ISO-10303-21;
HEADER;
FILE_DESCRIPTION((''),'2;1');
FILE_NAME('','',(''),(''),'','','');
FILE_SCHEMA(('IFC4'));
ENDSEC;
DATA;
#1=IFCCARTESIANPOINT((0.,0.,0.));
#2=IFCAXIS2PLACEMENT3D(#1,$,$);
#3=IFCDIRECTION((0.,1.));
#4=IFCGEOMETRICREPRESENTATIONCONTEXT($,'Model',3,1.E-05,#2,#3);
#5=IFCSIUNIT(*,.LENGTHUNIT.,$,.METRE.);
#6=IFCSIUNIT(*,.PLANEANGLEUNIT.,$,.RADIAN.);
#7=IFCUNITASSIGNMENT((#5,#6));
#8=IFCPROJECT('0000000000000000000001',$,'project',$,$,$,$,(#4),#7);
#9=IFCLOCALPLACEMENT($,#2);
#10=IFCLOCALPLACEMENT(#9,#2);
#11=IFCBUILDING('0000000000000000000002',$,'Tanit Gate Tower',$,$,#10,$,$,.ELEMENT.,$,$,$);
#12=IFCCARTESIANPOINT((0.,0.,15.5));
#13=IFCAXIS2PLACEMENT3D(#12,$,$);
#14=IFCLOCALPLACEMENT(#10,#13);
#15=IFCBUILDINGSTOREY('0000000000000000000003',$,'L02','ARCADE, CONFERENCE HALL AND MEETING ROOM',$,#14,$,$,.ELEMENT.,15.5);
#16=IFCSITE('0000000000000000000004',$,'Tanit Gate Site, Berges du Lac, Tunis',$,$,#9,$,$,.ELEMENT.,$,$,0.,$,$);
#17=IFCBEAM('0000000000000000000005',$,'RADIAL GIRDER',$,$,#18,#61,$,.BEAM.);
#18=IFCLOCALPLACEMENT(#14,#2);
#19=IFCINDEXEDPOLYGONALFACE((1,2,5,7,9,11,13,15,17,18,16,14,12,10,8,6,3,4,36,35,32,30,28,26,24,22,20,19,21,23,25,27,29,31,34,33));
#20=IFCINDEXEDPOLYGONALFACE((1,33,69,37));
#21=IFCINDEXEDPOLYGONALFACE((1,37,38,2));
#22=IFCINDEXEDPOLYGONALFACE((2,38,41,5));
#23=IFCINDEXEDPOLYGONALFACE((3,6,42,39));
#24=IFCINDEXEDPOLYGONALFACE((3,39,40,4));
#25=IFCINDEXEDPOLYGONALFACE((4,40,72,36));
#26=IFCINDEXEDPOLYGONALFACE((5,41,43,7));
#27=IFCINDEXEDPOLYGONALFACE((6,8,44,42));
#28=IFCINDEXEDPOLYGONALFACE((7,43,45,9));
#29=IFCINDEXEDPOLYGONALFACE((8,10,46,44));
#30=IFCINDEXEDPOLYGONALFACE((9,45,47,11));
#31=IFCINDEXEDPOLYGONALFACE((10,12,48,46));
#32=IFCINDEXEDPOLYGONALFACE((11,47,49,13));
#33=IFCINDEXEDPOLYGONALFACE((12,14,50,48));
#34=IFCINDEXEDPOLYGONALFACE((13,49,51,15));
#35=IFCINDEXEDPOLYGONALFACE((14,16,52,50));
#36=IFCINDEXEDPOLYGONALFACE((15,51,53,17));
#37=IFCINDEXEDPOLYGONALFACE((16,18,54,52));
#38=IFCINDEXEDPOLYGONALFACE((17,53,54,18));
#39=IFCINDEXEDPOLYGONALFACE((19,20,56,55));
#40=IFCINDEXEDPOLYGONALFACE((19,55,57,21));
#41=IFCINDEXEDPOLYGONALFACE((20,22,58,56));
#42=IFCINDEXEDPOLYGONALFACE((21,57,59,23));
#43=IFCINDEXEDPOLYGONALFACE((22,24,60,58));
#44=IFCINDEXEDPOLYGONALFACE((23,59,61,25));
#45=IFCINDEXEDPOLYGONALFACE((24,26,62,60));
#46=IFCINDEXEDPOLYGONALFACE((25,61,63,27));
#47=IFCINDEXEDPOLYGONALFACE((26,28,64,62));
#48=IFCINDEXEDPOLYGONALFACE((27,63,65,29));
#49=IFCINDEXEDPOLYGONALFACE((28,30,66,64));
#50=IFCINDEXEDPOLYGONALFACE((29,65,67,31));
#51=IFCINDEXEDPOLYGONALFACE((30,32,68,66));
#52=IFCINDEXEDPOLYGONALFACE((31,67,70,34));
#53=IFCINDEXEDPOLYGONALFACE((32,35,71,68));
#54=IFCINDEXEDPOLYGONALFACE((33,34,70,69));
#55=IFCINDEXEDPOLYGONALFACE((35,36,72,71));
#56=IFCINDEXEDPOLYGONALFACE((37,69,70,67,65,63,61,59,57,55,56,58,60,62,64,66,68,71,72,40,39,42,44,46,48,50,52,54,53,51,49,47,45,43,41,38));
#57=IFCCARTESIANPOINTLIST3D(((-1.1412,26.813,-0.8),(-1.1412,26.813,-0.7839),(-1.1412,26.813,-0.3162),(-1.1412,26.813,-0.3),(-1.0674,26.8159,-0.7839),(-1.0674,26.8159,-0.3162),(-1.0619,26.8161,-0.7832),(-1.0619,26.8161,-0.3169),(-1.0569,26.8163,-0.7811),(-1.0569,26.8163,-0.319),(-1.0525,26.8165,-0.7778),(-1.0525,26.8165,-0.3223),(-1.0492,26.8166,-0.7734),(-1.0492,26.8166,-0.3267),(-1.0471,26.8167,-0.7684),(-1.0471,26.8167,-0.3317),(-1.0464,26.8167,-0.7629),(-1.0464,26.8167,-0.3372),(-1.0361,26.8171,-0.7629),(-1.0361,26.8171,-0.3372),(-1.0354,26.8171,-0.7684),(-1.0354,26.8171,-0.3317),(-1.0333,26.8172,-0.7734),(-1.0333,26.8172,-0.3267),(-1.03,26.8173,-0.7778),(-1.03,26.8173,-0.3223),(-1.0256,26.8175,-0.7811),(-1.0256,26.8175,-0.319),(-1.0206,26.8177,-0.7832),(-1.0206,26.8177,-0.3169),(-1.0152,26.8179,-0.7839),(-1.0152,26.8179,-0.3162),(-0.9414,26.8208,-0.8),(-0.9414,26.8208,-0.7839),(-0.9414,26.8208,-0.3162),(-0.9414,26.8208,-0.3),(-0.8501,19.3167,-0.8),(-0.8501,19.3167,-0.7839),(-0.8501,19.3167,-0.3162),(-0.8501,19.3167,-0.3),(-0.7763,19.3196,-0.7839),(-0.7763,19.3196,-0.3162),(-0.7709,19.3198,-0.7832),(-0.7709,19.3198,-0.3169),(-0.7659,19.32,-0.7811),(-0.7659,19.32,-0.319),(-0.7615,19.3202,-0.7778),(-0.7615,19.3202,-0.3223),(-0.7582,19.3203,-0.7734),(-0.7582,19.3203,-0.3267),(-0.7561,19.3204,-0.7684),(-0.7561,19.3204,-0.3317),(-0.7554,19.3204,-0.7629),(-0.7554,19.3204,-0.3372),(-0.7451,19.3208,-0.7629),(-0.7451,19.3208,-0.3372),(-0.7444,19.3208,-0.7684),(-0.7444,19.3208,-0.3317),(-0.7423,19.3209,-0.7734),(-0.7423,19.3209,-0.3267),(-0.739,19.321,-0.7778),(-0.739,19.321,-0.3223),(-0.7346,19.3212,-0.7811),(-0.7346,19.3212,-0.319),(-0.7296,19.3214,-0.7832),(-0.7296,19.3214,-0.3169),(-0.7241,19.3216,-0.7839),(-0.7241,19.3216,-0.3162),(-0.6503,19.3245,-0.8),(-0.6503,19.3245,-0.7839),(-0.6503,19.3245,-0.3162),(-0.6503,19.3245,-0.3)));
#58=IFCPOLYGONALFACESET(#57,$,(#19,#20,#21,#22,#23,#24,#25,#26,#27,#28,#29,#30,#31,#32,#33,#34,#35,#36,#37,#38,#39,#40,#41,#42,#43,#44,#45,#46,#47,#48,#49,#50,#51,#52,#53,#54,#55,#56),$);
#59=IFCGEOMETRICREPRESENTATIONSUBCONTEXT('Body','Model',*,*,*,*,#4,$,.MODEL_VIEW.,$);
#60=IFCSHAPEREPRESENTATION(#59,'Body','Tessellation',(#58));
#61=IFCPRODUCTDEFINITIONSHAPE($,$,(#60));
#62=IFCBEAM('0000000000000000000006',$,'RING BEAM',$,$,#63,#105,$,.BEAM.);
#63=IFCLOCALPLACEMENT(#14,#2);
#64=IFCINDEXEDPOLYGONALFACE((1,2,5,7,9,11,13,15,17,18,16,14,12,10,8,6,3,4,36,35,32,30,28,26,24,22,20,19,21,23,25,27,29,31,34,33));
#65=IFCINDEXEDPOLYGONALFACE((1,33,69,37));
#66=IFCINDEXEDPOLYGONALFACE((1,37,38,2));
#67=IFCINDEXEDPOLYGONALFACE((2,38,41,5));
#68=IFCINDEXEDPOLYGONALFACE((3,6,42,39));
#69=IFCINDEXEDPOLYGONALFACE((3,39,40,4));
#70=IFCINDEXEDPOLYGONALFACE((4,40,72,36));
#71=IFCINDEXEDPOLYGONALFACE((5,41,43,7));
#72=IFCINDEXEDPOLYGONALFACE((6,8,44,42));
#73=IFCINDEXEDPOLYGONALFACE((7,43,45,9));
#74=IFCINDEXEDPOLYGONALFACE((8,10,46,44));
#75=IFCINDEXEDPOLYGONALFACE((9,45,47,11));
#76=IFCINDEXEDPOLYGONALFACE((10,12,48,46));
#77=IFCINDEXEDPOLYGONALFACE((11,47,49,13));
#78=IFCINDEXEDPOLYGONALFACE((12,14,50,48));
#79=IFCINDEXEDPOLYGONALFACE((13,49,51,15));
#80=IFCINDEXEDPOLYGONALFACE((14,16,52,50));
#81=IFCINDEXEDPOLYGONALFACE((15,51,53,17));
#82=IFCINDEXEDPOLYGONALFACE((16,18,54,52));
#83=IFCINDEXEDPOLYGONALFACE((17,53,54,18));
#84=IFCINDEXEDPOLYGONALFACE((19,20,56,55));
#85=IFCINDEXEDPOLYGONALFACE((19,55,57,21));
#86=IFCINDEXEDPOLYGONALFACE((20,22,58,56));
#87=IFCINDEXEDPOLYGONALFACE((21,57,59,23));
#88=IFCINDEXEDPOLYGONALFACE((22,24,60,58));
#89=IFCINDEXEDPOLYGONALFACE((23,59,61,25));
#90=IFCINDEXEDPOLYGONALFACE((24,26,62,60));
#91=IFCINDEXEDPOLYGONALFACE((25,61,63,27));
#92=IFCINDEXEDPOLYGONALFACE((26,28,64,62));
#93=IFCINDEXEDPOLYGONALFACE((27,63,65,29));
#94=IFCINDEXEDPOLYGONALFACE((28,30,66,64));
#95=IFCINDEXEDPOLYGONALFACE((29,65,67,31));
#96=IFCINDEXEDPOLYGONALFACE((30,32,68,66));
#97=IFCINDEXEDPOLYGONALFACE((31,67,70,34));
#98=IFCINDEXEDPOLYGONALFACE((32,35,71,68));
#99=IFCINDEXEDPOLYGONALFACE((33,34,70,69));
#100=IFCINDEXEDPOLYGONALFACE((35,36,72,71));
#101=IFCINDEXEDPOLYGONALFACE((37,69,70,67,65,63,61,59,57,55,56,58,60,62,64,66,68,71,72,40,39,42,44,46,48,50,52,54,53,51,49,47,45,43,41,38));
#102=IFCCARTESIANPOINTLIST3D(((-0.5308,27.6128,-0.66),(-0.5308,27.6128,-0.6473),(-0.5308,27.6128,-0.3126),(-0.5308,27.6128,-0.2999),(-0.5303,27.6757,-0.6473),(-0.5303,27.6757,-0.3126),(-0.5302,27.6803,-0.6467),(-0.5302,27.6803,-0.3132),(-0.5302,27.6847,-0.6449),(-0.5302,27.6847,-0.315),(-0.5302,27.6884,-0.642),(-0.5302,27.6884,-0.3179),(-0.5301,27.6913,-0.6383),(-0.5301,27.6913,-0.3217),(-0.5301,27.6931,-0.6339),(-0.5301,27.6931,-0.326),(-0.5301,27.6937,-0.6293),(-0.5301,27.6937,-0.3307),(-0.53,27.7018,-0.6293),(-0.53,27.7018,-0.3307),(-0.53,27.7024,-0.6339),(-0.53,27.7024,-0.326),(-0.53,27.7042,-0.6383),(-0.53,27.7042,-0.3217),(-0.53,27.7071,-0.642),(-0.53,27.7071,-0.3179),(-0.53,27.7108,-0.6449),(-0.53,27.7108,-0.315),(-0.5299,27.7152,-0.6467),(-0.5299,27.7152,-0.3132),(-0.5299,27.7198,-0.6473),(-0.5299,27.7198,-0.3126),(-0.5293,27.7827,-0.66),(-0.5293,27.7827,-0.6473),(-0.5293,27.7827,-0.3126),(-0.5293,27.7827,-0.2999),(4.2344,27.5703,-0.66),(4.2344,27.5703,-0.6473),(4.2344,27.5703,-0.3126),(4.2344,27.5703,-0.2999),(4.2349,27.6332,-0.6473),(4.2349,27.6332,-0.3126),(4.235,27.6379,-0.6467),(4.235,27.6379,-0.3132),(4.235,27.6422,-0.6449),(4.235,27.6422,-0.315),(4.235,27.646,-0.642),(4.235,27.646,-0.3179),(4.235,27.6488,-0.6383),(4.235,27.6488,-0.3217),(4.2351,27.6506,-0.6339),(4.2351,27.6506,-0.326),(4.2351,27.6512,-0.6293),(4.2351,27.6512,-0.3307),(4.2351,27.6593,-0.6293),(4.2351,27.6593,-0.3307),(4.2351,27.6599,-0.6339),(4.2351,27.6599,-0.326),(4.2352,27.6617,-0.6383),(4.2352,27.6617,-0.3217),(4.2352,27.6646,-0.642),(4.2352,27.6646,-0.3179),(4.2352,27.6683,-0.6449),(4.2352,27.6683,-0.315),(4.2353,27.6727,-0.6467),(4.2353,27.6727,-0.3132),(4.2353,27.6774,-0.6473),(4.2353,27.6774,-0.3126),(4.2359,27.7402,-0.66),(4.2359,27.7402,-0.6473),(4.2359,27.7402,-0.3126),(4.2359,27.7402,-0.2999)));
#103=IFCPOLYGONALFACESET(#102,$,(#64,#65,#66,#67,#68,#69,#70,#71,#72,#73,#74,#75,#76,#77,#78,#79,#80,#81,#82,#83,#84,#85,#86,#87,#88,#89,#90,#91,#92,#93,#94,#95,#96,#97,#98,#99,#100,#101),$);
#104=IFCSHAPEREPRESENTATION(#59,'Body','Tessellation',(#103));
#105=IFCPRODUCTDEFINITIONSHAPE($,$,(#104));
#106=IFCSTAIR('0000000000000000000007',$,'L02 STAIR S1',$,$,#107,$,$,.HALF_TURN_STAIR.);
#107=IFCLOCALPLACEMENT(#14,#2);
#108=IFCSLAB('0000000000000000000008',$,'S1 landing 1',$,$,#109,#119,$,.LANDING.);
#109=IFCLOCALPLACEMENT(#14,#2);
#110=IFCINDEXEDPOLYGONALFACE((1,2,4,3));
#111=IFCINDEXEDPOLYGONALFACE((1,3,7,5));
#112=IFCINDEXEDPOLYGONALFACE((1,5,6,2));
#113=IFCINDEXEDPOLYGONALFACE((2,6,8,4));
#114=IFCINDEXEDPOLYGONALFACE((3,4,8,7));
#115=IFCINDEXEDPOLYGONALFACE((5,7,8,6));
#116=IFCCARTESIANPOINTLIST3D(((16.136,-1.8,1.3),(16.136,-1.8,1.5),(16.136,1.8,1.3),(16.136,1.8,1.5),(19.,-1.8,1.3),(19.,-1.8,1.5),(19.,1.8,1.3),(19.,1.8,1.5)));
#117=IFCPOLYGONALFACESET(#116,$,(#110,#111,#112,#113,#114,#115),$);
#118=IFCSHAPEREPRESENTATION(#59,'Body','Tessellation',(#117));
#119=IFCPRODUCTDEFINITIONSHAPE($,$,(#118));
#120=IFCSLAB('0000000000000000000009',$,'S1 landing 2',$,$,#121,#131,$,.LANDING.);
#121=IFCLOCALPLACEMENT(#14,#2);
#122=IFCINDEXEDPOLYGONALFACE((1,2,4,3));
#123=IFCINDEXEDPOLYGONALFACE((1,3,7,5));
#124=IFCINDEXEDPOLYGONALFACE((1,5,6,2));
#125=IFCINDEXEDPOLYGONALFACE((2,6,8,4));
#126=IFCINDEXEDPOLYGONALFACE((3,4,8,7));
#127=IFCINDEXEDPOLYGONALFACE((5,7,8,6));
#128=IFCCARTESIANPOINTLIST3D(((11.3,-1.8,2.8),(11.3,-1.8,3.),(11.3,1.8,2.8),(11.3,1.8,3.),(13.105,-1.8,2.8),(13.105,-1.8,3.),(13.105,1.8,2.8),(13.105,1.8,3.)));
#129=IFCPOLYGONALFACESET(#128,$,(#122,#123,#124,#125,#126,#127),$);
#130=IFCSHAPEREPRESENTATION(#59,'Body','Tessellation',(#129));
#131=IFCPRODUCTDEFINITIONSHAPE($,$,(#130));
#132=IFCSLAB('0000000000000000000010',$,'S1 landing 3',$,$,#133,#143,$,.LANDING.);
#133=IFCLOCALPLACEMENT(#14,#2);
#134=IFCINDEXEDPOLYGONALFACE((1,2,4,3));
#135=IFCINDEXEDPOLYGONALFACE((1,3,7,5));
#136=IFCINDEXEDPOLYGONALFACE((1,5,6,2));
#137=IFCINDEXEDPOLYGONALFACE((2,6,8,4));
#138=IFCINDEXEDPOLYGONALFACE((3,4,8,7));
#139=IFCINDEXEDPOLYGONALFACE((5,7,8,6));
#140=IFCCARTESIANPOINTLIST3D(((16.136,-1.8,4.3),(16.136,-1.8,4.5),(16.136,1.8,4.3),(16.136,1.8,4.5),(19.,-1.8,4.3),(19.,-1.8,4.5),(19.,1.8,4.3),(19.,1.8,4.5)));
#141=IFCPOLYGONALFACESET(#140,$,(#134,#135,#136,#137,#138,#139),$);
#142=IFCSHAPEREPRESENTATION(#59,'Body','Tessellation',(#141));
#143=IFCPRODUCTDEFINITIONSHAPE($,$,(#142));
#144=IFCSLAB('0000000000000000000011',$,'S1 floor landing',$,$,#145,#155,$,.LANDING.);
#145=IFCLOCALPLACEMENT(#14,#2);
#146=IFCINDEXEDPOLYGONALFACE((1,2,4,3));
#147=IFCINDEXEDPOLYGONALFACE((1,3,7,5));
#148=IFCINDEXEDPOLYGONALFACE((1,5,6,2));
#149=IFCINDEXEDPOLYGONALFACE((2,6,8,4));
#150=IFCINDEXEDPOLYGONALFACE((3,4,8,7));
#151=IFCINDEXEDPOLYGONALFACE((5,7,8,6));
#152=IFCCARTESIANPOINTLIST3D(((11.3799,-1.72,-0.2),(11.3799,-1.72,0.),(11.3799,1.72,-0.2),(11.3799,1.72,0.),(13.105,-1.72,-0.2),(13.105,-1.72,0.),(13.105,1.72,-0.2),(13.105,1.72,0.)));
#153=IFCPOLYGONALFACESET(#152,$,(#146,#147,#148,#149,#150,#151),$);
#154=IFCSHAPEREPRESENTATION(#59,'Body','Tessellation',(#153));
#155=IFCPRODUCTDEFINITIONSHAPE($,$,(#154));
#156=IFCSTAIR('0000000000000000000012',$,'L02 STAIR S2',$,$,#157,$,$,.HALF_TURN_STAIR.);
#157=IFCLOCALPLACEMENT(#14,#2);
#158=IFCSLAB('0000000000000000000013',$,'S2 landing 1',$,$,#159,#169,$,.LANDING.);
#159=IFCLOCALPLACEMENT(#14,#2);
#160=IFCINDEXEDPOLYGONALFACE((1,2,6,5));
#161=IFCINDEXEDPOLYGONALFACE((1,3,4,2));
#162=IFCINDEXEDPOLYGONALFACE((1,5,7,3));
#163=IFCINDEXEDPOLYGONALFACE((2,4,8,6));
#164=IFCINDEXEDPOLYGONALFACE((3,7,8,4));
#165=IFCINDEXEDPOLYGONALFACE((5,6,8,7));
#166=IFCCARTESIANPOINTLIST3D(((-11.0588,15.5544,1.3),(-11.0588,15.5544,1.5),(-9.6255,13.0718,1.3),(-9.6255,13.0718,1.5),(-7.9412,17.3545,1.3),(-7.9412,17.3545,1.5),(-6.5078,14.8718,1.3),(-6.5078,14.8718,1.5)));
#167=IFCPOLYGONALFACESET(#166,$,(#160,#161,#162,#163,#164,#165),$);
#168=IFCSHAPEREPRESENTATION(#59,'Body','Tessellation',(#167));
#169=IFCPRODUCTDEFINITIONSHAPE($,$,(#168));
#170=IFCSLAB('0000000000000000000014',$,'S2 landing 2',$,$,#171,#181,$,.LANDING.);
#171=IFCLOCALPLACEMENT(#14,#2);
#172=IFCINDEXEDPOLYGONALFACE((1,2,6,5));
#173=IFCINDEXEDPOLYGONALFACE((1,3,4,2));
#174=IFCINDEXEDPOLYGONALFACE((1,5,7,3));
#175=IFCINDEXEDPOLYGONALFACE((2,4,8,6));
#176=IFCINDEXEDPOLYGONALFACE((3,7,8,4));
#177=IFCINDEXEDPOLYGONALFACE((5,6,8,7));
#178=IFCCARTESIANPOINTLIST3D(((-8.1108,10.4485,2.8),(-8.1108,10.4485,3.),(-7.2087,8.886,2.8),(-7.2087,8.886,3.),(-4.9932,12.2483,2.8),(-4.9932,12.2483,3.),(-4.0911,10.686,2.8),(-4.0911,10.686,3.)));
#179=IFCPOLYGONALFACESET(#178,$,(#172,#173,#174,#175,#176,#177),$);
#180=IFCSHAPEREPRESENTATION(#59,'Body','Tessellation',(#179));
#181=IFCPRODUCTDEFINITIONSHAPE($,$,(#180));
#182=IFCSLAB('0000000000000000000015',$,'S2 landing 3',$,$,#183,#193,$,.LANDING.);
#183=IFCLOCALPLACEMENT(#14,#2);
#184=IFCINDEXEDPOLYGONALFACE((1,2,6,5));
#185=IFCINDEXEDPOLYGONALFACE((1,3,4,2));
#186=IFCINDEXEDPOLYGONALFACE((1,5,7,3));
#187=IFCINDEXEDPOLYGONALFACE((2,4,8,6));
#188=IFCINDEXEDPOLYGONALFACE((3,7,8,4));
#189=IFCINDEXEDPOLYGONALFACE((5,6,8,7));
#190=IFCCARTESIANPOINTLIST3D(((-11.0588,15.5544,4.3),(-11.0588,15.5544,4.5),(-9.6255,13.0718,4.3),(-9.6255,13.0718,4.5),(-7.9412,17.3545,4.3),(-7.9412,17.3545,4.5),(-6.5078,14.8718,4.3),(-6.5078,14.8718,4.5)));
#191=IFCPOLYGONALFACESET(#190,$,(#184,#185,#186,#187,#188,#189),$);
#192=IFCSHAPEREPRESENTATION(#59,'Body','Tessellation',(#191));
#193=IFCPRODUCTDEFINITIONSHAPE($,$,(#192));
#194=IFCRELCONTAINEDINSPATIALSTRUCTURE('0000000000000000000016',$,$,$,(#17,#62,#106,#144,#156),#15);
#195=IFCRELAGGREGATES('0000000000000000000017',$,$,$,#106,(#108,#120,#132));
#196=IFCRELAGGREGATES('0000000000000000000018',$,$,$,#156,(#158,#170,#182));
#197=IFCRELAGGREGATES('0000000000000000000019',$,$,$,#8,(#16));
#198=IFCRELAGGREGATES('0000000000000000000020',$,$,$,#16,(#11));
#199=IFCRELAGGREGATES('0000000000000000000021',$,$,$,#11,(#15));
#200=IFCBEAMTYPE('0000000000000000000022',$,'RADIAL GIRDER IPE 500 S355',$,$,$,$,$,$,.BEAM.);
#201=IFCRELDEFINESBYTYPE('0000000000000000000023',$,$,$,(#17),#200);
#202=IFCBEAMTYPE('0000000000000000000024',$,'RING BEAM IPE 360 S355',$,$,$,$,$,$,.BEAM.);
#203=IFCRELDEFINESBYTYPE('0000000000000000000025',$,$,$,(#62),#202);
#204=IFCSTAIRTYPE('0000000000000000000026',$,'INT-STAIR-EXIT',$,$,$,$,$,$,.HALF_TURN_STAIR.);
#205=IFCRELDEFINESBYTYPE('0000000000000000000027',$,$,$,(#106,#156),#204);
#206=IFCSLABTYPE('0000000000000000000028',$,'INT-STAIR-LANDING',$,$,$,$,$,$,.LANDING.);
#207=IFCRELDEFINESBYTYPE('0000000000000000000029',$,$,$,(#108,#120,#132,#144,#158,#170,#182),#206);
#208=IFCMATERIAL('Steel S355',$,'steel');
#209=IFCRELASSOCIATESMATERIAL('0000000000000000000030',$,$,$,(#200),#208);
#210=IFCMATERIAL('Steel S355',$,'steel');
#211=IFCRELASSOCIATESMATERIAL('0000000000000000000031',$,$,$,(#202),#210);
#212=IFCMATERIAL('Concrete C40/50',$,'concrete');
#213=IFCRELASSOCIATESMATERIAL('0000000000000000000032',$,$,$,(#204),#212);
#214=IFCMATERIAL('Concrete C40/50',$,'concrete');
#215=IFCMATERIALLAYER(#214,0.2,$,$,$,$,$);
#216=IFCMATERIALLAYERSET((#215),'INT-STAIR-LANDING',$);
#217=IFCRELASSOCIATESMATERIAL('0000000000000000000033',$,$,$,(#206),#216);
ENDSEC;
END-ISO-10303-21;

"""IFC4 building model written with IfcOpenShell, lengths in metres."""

from ifc_helpers import new_model, si_unit, direction, frame, origin, origin_2d, place, context, subcontext, project, spatial, polyline, i_section, outline, extrude, material, layer, layer_set, material_profile, profile_set, type_object, element, aggregate, save


model = new_model("IFC4")

# Units and contexts
model_context = context("Model", 3, precision=1e-05, world=origin(), true_north=direction((0.0, 1.0)))
body_context = subcontext(model_context, "Body", "Model", "MODEL_VIEW")
ifc_project = project(units=[si_unit("LENGTHUNIT", "METRE"), si_unit("PLANEANGLEUNIT", "RADIAN")], contexts=[model_context])

# Site, building, storey
site_placement = place(None, origin())
site = spatial("IfcSite", under=ifc_project, at=site_placement, Name="Tanit Gate Site, Berges du Lac, Tunis", CompositionType="ELEMENT", RefElevation=0.0)
building_placement = place(site_placement, origin())
building = spatial("IfcBuilding", under=site, at=building_placement, Name="Tanit Gate Tower", CompositionType="ELEMENT")
storey_placement = place(building_placement, frame((0.0, 0.0, 15.5)))
storey = spatial("IfcBuildingStorey", under=building, at=storey_placement, Name="L02", Description="ARCADE, CONFERENCE HALL AND MEETING ROOM", CompositionType="ELEMENT", Elevation=15.5)

# Beams
ifc_material_1 = material(Name="Steel S355", Category="steel")
ifc_material_profile_1 = material_profile(ifc_material_1, i_section(OverallWidth=0.2, OverallDepth=0.5, WebThickness=0.0103, FlangeThickness=0.0161, FilletRadius=0.021, at=origin_2d()), Name="IPE 500")
ifc_profile_set_1 = profile_set([ifc_material_profile_1], Name="Steel S355")
beam_type_1 = type_object("IfcBeamType", Name="RADIAL GIRDER IPE 500 S355", PredefinedType="BEAM", material=ifc_profile_set_1)
beam_1_placement = place(storey_placement, frame((-1.0413, 26.8169, -0.55), z_axis=(0.038792, -0.999247, 0.0), x_axis=(0.999247, 0.038792, 0.0)))
element("IfcBeam", 1, at=beam_1_placement, inside=storey, type_object=beam_type_1, Name="RADIAL GIRDER", PredefinedType="BEAM", context=body_context, shape_type="SweptSolid", body=[
    extrude(i_section(OverallWidth=0.2, OverallDepth=0.5, WebThickness=0.0103, FlangeThickness=0.0161, FilletRadius=0.021, at=origin_2d()), origin(), (0.0, 0.0, 1.0), 7.502),
])
ifc_material_2 = material(Name="Steel S355", Category="steel")
ifc_material_profile_2 = material_profile(ifc_material_2, i_section(OverallWidth=0.1699, OverallDepth=0.3601, WebThickness=0.0081, FlangeThickness=0.0127, FilletRadius=0.0181, at=origin_2d()), Name="IPE 360")
ifc_profile_set_2 = profile_set([ifc_material_profile_2], Name="Steel S355")
beam_type_2 = type_object("IfcBeamType", Name="RING BEAM IPE 360 S355", PredefinedType="BEAM", material=ifc_profile_set_2)
beam_2_placement = place(storey_placement, frame((4.2351, 27.6553, -0.48), z_axis=(-0.99996, 0.008914, 0.0), x_axis=(-0.008914, -0.99996, 0.0)))
element("IfcBeam", 2, at=beam_2_placement, inside=storey, type_object=beam_type_2, Name="RING BEAM", PredefinedType="BEAM", context=body_context, shape_type="SweptSolid", body=[
    extrude(i_section(OverallWidth=0.1699, OverallDepth=0.3601, WebThickness=0.0081, FlangeThickness=0.0127, FilletRadius=0.0181, at=origin_2d()), origin(), (0.0, 0.0, 1.0), 4.7654),
])

# Stair, slabs
ifc_material_3 = material(Name="Concrete C40/50", Category="concrete")
stair_type = type_object("IfcStairType", Name="INT-STAIR-EXIT", PredefinedType="HALF_TURN_STAIR", material=ifc_material_3)
stair_1_placement = place(storey_placement, origin())
stair_1 = element("IfcStair", 3, at=stair_1_placement, inside=storey, type_object=stair_type, Name="L02 STAIR S1", PredefinedType="HALF_TURN_STAIR")
ifc_material_4 = material(Name="Concrete C40/50", Category="concrete")
ifc_layer_1 = layer(ifc_material_4, 0.2)
ifc_layer_set_1 = layer_set([ifc_layer_1], Name="INT-STAIR-LANDING")
slab_type = type_object("IfcSlabType", Name="INT-STAIR-LANDING", PredefinedType="LANDING", material=ifc_layer_set_1)
slab_1_placement = place(storey_placement, frame((0.0, 0.0, 1.3)))
slab_1 = element("IfcSlab", 4, at=slab_1_placement, type_object=slab_type, Name="S1 landing 1", PredefinedType="LANDING", context=body_context, shape_type="SweptSolid", body=[
    extrude(outline(polyline([(16.136, -1.8), (19.0, -1.8), (19.0, 1.8), (16.136, 1.8), (16.136, -1.8)])), origin(), (0.0, 0.0, 1.0), 0.2),
])
slab_2_placement = place(storey_placement, frame((0.0, 0.0, 2.8)))
slab_2 = element("IfcSlab", 5, at=slab_2_placement, type_object=slab_type, Name="S1 landing 2", PredefinedType="LANDING", context=body_context, shape_type="SweptSolid", body=[
    extrude(outline(polyline([(11.3, -1.8), (13.105, -1.8), (13.105, 1.8), (11.3, 1.8), (11.3, -1.8)])), origin(), (0.0, 0.0, 1.0), 0.2),
])
slab_3_placement = place(storey_placement, frame((0.0, 0.0, 4.3)))
slab_3 = element("IfcSlab", 6, at=slab_3_placement, type_object=slab_type, Name="S1 landing 3", PredefinedType="LANDING", context=body_context, shape_type="SweptSolid", body=[
    extrude(outline(polyline([(16.136, -1.8), (19.0, -1.8), (19.0, 1.8), (16.136, 1.8), (16.136, -1.8)])), origin(), (0.0, 0.0, 1.0), 0.2),
])
aggregate(stair_1, [slab_1, slab_2, slab_3])

# Slab
slab_4_placement = place(storey_placement, frame((0.0, 0.0, -0.2)))
element("IfcSlab", 7, at=slab_4_placement, inside=storey, type_object=slab_type, Name="S1 floor landing", PredefinedType="LANDING", context=body_context, shape_type="SweptSolid", body=[
    extrude(outline(polyline([(11.3799, -1.72), (13.105, -1.72), (13.105, 1.72), (11.3799, 1.72), (11.3799, -1.72)])), origin(), (0.0, 0.0, 1.0), 0.2),
])

# Stair, slabs
stair_2_placement = place(storey_placement, origin())
stair_2 = element("IfcStair", 8, at=stair_2_placement, inside=storey, type_object=stair_type, Name="L02 STAIR S2", PredefinedType="HALF_TURN_STAIR")
slab_5_placement = place(storey_placement, frame((0.0, 0.0, 1.3)))
slab_5 = element("IfcSlab", 9, at=slab_5_placement, type_object=slab_type, Name="S2 landing 1", PredefinedType="LANDING", context=body_context, shape_type="SweptSolid", body=[
    extrude(outline(polyline([(-6.5078, 14.8718), (-7.9412, 17.3545), (-11.0588, 15.5544), (-9.6255, 13.0718), (-6.5078, 14.8718)])), origin(), (0.0, 0.0, 1.0), 0.2),
])
slab_6_placement = place(storey_placement, frame((0.0, 0.0, 2.8)))
slab_6 = element("IfcSlab", 10, at=slab_6_placement, type_object=slab_type, Name="S2 landing 2", PredefinedType="LANDING", context=body_context, shape_type="SweptSolid", body=[
    extrude(outline(polyline([(-4.0911, 10.686), (-4.9932, 12.2483), (-8.1108, 10.4485), (-7.2087, 8.886), (-4.0911, 10.686)])), origin(), (0.0, 0.0, 1.0), 0.2),
])
slab_7_placement = place(storey_placement, frame((0.0, 0.0, 4.3)))
slab_7 = element("IfcSlab", 11, at=slab_7_placement, type_object=slab_type, Name="S2 landing 3", PredefinedType="LANDING", context=body_context, shape_type="SweptSolid", body=[
    extrude(outline(polyline([(-6.5078, 14.8718), (-7.9412, 17.3545), (-11.0588, 15.5544), (-9.6255, 13.0718), (-6.5078, 14.8718)])), origin(), (0.0, 0.0, 1.0), 0.2),
])
aggregate(stair_2, [slab_5, slab_6, slab_7])

save(model, "model.ifc")
